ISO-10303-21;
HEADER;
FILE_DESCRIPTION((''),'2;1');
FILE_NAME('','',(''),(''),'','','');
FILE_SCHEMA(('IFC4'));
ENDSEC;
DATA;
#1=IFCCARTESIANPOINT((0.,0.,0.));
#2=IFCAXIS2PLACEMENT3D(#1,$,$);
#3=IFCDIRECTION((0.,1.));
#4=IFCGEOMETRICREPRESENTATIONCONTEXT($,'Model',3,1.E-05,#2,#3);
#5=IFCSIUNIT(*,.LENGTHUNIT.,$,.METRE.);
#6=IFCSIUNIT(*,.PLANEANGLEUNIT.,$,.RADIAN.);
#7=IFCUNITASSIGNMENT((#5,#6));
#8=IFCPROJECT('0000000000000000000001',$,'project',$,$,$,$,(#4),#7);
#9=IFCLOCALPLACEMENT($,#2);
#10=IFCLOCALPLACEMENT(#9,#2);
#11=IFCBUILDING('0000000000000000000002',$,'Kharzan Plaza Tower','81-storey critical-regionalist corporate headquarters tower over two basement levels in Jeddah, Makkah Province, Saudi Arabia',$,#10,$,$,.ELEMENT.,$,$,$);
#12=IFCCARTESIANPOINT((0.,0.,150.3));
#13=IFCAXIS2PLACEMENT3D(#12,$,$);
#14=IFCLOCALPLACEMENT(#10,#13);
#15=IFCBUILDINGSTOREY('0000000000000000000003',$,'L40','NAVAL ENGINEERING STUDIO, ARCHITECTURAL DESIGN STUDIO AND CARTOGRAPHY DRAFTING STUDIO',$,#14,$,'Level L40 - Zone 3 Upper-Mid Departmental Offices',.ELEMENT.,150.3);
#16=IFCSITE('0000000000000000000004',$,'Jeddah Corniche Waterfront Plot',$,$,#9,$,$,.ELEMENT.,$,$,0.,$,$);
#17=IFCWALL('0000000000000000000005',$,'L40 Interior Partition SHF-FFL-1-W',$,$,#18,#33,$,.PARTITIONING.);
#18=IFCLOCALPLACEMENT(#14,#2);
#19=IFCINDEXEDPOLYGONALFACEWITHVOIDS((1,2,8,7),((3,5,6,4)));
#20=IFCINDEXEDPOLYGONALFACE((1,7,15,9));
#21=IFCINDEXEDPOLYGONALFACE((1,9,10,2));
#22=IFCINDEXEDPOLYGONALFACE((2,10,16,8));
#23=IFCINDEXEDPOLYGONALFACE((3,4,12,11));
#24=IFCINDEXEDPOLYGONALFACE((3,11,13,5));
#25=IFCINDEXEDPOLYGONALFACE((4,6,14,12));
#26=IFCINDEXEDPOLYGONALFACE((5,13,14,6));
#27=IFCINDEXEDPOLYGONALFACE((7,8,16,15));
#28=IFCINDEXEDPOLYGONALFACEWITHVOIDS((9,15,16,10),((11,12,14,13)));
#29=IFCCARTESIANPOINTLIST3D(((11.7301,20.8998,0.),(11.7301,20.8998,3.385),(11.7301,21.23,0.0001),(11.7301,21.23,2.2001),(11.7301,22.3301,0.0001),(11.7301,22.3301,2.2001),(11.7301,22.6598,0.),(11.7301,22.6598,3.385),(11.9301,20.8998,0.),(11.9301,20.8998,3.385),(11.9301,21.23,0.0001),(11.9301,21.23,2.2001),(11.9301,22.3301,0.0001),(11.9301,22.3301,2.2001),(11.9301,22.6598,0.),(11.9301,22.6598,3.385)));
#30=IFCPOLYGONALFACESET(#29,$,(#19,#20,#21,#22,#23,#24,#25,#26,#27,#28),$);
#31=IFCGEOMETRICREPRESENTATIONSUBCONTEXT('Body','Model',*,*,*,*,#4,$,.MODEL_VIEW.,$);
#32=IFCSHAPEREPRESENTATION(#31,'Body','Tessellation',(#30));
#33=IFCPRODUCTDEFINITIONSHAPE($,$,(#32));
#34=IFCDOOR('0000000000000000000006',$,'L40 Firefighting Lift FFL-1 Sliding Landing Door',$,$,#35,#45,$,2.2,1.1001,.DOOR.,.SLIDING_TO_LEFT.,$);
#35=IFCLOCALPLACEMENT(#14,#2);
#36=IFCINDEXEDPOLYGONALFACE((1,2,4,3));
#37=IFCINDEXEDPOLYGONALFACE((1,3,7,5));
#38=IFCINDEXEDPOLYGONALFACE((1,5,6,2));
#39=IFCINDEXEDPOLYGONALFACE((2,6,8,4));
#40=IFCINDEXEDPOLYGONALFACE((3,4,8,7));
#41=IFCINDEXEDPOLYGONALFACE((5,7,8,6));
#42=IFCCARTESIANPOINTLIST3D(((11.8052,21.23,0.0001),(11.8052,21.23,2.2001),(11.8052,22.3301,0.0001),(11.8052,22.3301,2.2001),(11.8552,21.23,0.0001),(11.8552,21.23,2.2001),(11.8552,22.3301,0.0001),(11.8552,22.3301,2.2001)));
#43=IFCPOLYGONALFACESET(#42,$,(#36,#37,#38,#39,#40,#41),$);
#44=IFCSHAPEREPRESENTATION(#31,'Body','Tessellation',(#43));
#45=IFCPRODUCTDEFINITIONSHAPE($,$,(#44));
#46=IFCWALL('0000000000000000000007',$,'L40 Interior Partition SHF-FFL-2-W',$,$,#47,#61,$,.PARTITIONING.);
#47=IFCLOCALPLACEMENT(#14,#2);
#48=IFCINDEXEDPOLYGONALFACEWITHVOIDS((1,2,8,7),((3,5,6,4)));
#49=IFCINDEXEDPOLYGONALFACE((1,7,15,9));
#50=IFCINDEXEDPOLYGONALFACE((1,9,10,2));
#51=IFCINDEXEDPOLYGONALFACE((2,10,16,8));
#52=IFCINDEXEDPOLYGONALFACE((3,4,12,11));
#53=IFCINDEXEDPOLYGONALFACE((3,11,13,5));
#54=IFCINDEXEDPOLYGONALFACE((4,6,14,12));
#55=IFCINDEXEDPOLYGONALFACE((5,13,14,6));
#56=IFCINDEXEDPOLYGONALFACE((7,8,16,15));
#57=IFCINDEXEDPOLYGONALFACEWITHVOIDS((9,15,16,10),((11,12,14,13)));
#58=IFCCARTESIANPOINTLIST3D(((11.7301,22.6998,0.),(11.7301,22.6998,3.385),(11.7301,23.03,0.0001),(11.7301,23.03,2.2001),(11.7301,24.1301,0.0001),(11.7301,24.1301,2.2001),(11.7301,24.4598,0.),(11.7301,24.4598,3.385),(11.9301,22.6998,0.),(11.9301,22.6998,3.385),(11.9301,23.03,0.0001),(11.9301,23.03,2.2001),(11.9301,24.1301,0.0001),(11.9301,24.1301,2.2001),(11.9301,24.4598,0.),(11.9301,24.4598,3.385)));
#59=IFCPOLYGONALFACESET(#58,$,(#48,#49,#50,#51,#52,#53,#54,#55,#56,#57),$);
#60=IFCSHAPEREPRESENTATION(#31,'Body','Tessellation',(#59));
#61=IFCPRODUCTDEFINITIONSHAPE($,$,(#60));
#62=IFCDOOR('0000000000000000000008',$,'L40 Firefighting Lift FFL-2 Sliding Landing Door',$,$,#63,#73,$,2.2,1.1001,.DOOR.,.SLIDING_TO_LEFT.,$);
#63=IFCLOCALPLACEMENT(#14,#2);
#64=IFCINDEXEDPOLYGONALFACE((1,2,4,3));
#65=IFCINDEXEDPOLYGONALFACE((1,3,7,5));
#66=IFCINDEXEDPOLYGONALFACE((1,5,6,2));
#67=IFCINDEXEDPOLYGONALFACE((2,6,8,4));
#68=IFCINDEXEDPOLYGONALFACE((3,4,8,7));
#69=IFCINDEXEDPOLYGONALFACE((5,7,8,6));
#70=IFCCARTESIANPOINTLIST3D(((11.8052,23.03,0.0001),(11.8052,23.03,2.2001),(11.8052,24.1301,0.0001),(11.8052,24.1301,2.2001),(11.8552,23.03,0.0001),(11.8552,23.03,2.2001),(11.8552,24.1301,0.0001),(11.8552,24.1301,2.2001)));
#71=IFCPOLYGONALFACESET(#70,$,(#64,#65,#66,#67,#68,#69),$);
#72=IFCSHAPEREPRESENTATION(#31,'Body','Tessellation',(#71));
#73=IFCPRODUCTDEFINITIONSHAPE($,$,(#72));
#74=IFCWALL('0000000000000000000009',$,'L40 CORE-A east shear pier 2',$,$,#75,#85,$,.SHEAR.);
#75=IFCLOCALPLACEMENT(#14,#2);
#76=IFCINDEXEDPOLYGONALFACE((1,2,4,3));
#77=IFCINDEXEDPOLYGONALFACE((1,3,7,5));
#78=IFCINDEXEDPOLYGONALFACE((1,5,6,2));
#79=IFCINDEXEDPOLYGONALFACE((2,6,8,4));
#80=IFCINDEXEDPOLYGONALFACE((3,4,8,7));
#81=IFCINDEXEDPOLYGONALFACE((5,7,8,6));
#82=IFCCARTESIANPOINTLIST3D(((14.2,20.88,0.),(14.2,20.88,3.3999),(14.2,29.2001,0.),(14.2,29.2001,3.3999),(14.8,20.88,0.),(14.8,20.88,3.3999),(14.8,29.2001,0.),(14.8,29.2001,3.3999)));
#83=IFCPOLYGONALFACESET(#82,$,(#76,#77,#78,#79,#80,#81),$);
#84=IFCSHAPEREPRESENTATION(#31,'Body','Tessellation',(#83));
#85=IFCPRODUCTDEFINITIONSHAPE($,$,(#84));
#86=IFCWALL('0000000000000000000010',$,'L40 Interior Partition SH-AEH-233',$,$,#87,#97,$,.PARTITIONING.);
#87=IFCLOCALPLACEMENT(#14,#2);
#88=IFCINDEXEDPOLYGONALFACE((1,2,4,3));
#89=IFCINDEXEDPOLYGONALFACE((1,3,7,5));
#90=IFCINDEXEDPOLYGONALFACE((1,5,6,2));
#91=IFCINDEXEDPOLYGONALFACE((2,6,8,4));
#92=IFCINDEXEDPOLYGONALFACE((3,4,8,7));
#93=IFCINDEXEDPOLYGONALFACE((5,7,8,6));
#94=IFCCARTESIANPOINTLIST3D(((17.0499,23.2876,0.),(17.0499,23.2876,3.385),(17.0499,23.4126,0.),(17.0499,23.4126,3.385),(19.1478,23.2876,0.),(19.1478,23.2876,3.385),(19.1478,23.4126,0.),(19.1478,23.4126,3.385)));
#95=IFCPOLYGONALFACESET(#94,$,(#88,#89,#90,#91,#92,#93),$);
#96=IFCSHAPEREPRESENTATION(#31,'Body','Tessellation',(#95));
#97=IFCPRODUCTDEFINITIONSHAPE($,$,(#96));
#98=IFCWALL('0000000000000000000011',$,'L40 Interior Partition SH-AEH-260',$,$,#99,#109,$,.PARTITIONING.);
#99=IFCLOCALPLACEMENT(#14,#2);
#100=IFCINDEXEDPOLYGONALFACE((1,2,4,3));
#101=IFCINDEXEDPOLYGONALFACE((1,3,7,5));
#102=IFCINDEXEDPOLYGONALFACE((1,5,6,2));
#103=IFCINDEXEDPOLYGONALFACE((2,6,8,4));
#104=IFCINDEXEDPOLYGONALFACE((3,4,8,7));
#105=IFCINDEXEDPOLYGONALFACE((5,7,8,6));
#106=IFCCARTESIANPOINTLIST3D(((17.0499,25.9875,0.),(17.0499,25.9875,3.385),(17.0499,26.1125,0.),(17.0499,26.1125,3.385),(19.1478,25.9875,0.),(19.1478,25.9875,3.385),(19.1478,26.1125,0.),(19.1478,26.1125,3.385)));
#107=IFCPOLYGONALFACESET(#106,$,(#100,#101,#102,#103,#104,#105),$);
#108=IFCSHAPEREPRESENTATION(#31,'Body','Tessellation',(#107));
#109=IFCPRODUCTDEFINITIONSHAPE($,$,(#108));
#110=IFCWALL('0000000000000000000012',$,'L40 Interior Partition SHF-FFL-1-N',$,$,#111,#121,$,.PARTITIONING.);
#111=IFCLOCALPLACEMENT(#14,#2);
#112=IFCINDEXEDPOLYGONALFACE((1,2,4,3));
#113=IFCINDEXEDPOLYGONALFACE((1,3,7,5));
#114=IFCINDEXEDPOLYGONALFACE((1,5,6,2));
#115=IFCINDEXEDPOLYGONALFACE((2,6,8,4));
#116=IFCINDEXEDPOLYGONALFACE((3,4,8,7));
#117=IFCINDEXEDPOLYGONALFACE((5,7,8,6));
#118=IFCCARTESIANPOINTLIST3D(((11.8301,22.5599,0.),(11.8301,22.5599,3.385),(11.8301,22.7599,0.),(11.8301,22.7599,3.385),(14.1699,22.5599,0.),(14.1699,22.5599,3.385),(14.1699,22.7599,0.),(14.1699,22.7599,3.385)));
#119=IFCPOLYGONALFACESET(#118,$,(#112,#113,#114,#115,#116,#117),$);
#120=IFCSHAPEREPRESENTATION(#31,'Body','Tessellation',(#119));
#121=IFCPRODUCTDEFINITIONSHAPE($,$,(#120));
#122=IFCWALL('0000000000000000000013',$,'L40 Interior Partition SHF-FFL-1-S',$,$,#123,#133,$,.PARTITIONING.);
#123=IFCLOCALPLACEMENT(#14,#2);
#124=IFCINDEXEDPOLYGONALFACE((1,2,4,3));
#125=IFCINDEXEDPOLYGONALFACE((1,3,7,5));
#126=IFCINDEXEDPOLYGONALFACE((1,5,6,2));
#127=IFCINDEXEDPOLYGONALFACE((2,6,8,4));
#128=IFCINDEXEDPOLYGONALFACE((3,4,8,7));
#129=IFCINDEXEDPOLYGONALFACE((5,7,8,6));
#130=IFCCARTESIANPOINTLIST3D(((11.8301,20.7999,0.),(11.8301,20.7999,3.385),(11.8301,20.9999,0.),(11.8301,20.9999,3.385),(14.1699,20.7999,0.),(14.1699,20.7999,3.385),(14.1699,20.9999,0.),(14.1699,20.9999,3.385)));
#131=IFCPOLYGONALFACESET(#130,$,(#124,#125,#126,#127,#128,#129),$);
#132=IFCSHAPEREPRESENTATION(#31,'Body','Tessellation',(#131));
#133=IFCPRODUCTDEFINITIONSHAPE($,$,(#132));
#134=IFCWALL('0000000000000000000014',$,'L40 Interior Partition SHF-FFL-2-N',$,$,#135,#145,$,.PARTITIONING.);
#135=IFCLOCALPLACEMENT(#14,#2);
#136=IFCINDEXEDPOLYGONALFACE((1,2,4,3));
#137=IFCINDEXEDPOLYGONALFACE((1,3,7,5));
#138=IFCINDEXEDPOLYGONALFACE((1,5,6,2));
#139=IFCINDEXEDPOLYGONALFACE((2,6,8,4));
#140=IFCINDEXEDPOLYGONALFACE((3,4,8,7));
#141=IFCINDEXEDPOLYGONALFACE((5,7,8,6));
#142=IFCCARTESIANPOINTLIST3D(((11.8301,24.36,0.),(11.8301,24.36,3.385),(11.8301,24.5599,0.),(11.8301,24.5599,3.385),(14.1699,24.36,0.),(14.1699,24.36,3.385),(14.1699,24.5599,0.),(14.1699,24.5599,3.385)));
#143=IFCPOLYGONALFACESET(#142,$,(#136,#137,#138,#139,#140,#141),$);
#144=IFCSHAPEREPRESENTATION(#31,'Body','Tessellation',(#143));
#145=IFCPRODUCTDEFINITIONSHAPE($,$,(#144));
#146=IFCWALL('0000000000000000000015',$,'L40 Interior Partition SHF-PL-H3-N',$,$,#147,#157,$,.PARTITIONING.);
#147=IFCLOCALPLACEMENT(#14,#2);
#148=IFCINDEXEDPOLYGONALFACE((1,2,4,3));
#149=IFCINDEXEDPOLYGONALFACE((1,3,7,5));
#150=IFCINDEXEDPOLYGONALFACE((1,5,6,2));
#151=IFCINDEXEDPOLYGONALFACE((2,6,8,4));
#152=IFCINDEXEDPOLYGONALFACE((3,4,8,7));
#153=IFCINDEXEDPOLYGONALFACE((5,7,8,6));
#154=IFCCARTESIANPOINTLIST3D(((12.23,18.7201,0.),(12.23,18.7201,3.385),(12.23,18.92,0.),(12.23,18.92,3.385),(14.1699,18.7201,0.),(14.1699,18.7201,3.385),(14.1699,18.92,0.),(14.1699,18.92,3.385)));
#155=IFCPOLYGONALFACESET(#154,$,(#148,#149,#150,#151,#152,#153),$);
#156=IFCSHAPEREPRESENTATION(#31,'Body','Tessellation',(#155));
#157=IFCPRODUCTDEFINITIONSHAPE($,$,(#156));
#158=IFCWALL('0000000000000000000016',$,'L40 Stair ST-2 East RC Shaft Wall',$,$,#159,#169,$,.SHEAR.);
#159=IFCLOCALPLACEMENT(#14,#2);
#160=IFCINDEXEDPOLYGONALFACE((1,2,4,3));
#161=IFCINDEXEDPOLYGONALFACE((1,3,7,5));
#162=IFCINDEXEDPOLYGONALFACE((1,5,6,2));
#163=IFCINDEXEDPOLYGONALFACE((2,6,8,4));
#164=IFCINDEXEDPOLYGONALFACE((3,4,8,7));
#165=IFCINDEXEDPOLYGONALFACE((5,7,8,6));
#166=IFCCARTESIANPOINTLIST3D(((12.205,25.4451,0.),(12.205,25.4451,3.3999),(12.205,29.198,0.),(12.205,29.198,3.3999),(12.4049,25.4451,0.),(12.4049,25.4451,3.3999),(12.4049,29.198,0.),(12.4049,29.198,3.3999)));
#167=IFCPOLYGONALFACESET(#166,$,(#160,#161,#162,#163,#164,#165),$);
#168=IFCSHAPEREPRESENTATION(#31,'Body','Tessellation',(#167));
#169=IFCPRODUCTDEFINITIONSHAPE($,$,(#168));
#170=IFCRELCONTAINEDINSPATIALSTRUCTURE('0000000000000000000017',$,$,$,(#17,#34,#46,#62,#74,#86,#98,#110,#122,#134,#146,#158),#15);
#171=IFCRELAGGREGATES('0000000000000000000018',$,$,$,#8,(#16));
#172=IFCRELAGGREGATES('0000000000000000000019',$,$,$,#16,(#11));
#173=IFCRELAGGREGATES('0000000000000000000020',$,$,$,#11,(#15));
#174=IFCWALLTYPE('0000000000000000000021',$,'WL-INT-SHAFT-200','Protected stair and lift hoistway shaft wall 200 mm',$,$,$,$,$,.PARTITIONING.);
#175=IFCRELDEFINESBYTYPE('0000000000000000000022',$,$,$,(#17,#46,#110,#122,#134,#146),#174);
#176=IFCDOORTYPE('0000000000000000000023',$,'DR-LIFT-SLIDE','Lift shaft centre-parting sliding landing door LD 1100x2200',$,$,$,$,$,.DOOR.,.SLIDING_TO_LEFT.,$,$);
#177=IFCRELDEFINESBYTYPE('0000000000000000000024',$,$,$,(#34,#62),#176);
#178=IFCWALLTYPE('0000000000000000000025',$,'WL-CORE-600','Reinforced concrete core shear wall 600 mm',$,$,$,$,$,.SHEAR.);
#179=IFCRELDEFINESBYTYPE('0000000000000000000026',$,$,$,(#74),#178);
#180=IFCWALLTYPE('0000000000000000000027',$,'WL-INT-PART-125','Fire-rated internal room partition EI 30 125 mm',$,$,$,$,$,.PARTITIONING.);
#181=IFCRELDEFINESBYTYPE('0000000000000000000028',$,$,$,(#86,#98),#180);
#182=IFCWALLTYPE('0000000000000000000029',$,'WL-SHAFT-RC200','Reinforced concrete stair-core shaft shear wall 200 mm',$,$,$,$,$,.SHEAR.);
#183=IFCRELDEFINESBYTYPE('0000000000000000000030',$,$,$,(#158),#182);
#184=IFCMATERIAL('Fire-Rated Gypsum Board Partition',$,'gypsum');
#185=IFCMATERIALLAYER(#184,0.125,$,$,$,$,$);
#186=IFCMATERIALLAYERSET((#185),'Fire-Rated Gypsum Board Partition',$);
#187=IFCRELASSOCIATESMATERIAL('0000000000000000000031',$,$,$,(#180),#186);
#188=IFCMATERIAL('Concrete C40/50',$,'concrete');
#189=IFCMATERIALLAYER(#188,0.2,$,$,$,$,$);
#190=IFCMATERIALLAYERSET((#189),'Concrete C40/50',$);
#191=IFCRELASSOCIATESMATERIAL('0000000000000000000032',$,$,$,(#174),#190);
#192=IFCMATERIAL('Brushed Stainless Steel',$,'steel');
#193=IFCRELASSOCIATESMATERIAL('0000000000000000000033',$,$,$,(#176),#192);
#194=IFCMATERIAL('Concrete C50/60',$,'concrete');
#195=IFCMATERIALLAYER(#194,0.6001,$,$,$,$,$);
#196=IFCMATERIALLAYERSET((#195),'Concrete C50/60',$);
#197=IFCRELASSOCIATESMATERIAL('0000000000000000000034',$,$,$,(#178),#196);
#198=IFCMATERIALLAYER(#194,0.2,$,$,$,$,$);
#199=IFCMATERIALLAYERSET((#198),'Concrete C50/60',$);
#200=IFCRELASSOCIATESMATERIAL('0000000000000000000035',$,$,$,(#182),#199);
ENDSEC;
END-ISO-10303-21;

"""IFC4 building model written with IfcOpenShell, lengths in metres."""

from ifc_helpers import new_model, si_unit, direction, frame, frame_2d, origin, place, context, subcontext, project, spatial, rectangle, extrude, source, transform, mapped, material, layer, layer_set, type_object, element, fill, save


model = new_model("IFC4")

# Units and contexts
model_context = context("Model", 3, precision=1e-05, world=origin(), true_north=direction((0.0, 1.0)))
body_context = subcontext(model_context, "Body", "Model", "MODEL_VIEW")
ifc_project = project(units=[si_unit("LENGTHUNIT", "METRE"), si_unit("PLANEANGLEUNIT", "RADIAN")], contexts=[model_context])

# Site, building, storey
site_placement = place(None, origin())
site = spatial("IfcSite", under=ifc_project, at=site_placement, Name="Jeddah Corniche Waterfront Plot", CompositionType="ELEMENT", RefElevation=0.0)
building_placement = place(site_placement, origin())
building = spatial("IfcBuilding", under=site, at=building_placement, Name="Kharzan Plaza Tower", Description="81-storey critical-regionalist corporate headquarters tower over two basement levels in Jeddah, Makkah Province, Saudi Arabia", CompositionType="ELEMENT")
storey_placement = place(building_placement, frame((0.0, 0.0, 150.3)))
storey = spatial("IfcBuildingStorey", under=building, at=storey_placement, Name="L40", Description="NAVAL ENGINEERING STUDIO, ARCHITECTURAL DESIGN STUDIO AND CARTOGRAPHY DRAFTING STUDIO", LongName="Level L40 - Zone 3 Upper-Mid Departmental Offices", CompositionType="ELEMENT", Elevation=150.3)

# Walls, openings, doors
ifc_material_1 = material(Name="Fire-Rated Gypsum Board Partition", Category="gypsum")
ifc_layer_1 = layer(ifc_material_1, 0.125)
ifc_layer_set_1 = layer_set([ifc_layer_1], Name="Fire-Rated Gypsum Board Partition")
wall_type_1 = type_object("IfcWallType", Name="WL-INT-PART-125", Description="Fire-rated internal room partition EI 30 125 mm", PredefinedType="PARTITIONING", material=ifc_layer_set_1)
ifc_material_2 = material(Name="Concrete C40/50", Category="concrete")
ifc_layer_2 = layer(ifc_material_2, 0.2)
ifc_layer_set_2 = layer_set([ifc_layer_2], Name="Concrete C40/50")
wall_type_2 = type_object("IfcWallType", Name="WL-INT-SHAFT-200", Description="Protected stair and lift hoistway shaft wall 200 mm", PredefinedType="PARTITIONING", material=ifc_layer_set_2)
wall_1_placement = place(storey_placement, frame((11.8301, 20.8999, 0.0), z_axis=(0.0, 0.0, 1.0), x_axis=(0.0, 1.0, 0.0)))
wall_1 = element("IfcWall", 1, at=wall_1_placement, inside=storey, type_object=wall_type_2, Name="L40 Interior Partition SHF-FFL-1-W", PredefinedType="PARTITIONING", context=body_context, shape_type="SweptSolid", body=[
    extrude(rectangle(XDim=1.76, YDim=0.2, at=frame_2d((0.8799, 0.0))), origin(), (0.0, 0.0, 1.0), 3.385),
])
opening_1_placement = place(wall_1_placement, frame((0.3301, 0.0, 0.0)))
opening_1 = element("IfcOpeningElement", 2, at=opening_1_placement, cuts=wall_1, PredefinedType="OPENING", context=body_context, shape_type="SweptSolid", body=[
    extrude(rectangle(XDim=1.1001, YDim=2.2, at=frame_2d((0.55, 1.1001))), frame((0.0, 0.1099, 0.0), z_axis=(0.0, -1.0, 0.0), x_axis=(1.0, 0.0, 0.0)), (0.0, 0.0, 1.0), 0.22),
])
ifc_material_3 = material(Name="Brushed Stainless Steel", Category="steel")
door_type_1 = type_object("IfcDoorType", Name="DR-LIFT-SLIDE", Description="Lift shaft centre-parting sliding landing door LD 1100x2200", OperationType="SLIDING_TO_LEFT", PredefinedType="DOOR", material=ifc_material_3)
shared_shape_1 = source(origin(), body_context, "Body", "SweptSolid", [
    extrude(rectangle(XDim=1.1001, YDim=2.2, at=frame_2d((0.55, 1.1001))), frame((0.0, 0.0249, 0.0), z_axis=(0.0, -1.0, 0.0), x_axis=(1.0, 0.0, 0.0)), (0.0, 0.0, 1.0), 0.05),
])
door_1_placement = place(opening_1_placement, origin())
door_1 = element("IfcDoor", 3, at=door_1_placement, inside=storey, type_object=door_type_1, Name="L40 Firefighting Lift FFL-1 Sliding Landing Door", OperationType="SLIDING_TO_LEFT", OverallHeight=2.2, OverallWidth=1.1001, PredefinedType="DOOR", context=body_context, shape_type="MappedRepresentation", body=[
    mapped(shared_shape_1, transform((0.0, 0.0, 0.0), x_axis=(1.0, 0.0, 0.0), y_axis=(0.0, 1.0, 0.0), z_axis=(0.0, 0.0, 1.0))),
])
fill(opening_1, door_1)
wall_2_placement = place(storey_placement, frame((11.8301, 22.7, 0.0), z_axis=(0.0, 0.0, 1.0), x_axis=(0.0, 1.0, 0.0)))
wall_2 = element("IfcWall", 4, at=wall_2_placement, inside=storey, type_object=wall_type_2, Name="L40 Interior Partition SHF-FFL-2-W", PredefinedType="PARTITIONING", context=body_context, shape_type="SweptSolid", body=[
    extrude(rectangle(XDim=1.76, YDim=0.2, at=frame_2d((0.8799, 0.0))), origin(), (0.0, 0.0, 1.0), 3.385),
])
opening_2_placement = place(wall_2_placement, frame((0.3301, 0.0, 0.0)))
opening_2 = element("IfcOpeningElement", 5, at=opening_2_placement, cuts=wall_2, PredefinedType="OPENING", context=body_context, shape_type="SweptSolid", body=[
    extrude(rectangle(XDim=1.1001, YDim=2.2, at=frame_2d((0.55, 1.1001))), frame((0.0, 0.1099, 0.0), z_axis=(0.0, -1.0, 0.0), x_axis=(1.0, 0.0, 0.0)), (0.0, 0.0, 1.0), 0.22),
])
door_2_placement = place(opening_2_placement, origin())
door_2 = element("IfcDoor", 6, at=door_2_placement, inside=storey, type_object=door_type_1, Name="L40 Firefighting Lift FFL-2 Sliding Landing Door", OperationType="SLIDING_TO_LEFT", OverallHeight=2.2, OverallWidth=1.1001, PredefinedType="DOOR", context=body_context, shape_type="MappedRepresentation", body=[
    mapped(shared_shape_1, transform((0.0, 0.0, 0.0), x_axis=(1.0, 0.0, 0.0), y_axis=(0.0, 1.0, 0.0), z_axis=(0.0, 0.0, 1.0))),
])
fill(opening_2, door_2)

# Walls
ifc_material_4 = material(Name="Concrete C50/60", Category="concrete")
ifc_layer_3 = layer(ifc_material_4, 0.6001)
ifc_layer_set_3 = layer_set([ifc_layer_3], Name="Concrete C50/60")
wall_type_3 = type_object("IfcWallType", Name="WL-CORE-600", Description="Reinforced concrete core shear wall 600 mm", PredefinedType="SHEAR", material=ifc_layer_set_3)
shared_shape_2 = source(origin(), body_context, "Body", "SweptSolid", [
    extrude(rectangle(XDim=8.3201, YDim=0.6001, at=frame_2d((4.1602, 0.0))), origin(), (0.0, 0.0, 1.0), 3.3999),
])
wall_3_placement = place(storey_placement, frame((14.5, 20.8799, 0.0), z_axis=(0.0, 0.0, 1.0), x_axis=(0.0, 1.0, 0.0)))
element("IfcWall", 7, at=wall_3_placement, inside=storey, type_object=wall_type_3, Name="L40 CORE-A east shear pier 2", PredefinedType="SHEAR", context=body_context, shape_type="MappedRepresentation", body=[
    mapped(shared_shape_2, transform((0.0, 0.0, 0.0), x_axis=(1.0, 0.0, 0.0), y_axis=(0.0, 1.0, 0.0), z_axis=(0.0, 0.0, 1.0))),
])
shared_shape_3 = source(origin(), body_context, "Body", "SweptSolid", [
    extrude(rectangle(XDim=2.0979, YDim=0.125, at=frame_2d((1.0488, 0.0))), origin(), (0.0, 0.0, 1.0), 3.385),
])
for number, where, z_axis, x_axis, name in (
    (8, (17.05, 23.3501, 0.0), (0.0, 0.0, 1.0), (1.0, 0.0, 0.0), "L40 Interior Partition SH-AEH-233"),
    (9, (17.05, 26.05, 0.0), (0.0, 0.0, 1.0), (1.0, 0.0, 0.0), "L40 Interior Partition SH-AEH-260"),
):
    element("IfcWall", number, at=place(storey_placement, frame(where, z_axis=z_axis, x_axis=x_axis)), inside=storey, type_object=wall_type_1, Name=name, PredefinedType="PARTITIONING", context=body_context, shape_type="MappedRepresentation", body=[
        mapped(shared_shape_3, transform((0.0, 0.0, 0.0), x_axis=(1.0, 0.0, 0.0), y_axis=(0.0, 1.0, 0.0), z_axis=(0.0, 0.0, 1.0))),
    ])
shared_shape_4 = source(origin(), body_context, "Body", "SweptSolid", [
    extrude(rectangle(XDim=2.3398, YDim=0.2, at=frame_2d((1.1699, 0.0))), origin(), (0.0, 0.0, 1.0), 3.385),
])
for number, where, z_axis, x_axis, name in (
    (10, (11.8301, 22.6599, 0.0), (0.0, 0.0, 1.0), (1.0, 0.0, 0.0), "L40 Interior Partition SHF-FFL-1-N"),
    (11, (11.8301, 20.8999, 0.0), (0.0, 0.0, 1.0), (1.0, 0.0, 0.0), "L40 Interior Partition SHF-FFL-1-S"),
    (12, (11.8301, 24.46, 0.0), (0.0, 0.0, 1.0), (1.0, 0.0, 0.0), "L40 Interior Partition SHF-FFL-2-N"),
):
    element("IfcWall", number, at=place(storey_placement, frame(where, z_axis=z_axis, x_axis=x_axis)), inside=storey, type_object=wall_type_2, Name=name, PredefinedType="PARTITIONING", context=body_context, shape_type="MappedRepresentation", body=[
        mapped(shared_shape_4, transform((0.0, 0.0, 0.0), x_axis=(1.0, 0.0, 0.0), y_axis=(0.0, 1.0, 0.0), z_axis=(0.0, 0.0, 1.0))),
    ])
shared_shape_5 = source(origin(), body_context, "Body", "SweptSolid", [
    extrude(rectangle(XDim=1.9399, YDim=0.2, at=frame_2d((0.97, 0.0))), origin(), (0.0, 0.0, 1.0), 3.385),
])
wall_4_placement = place(storey_placement, frame((12.23, 18.8201, 0.0), z_axis=(0.0, 0.0, 1.0), x_axis=(1.0, 0.0, 0.0)))
element("IfcWall", 13, at=wall_4_placement, inside=storey, type_object=wall_type_2, Name="L40 Interior Partition SHF-PL-H3-N", PredefinedType="PARTITIONING", context=body_context, shape_type="MappedRepresentation", body=[
    mapped(shared_shape_5, transform((0.0, 0.0, 0.0), x_axis=(1.0, 0.0, 0.0), y_axis=(0.0, 1.0, 0.0), z_axis=(0.0, 0.0, 1.0))),
])
ifc_layer_4 = layer(ifc_material_4, 0.2)
ifc_layer_set_4 = layer_set([ifc_layer_4], Name="Concrete C50/60")
wall_type_4 = type_object("IfcWallType", Name="WL-SHAFT-RC200", Description="Reinforced concrete stair-core shaft shear wall 200 mm", PredefinedType="SHEAR", material=ifc_layer_set_4)
shared_shape_6 = source(origin(), body_context, "Body", "SweptSolid", [
    extrude(rectangle(XDim=3.7529, YDim=0.2, at=frame_2d((1.8765, 0.0))), origin(), (0.0, 0.0, 1.0), 3.3999),
])
wall_5_placement = place(storey_placement, frame((12.3049, 25.4451, 0.0), z_axis=(0.0, 0.0, 1.0), x_axis=(0.0, 1.0, 0.0)))
element("IfcWall", 14, at=wall_5_placement, inside=storey, type_object=wall_type_4, Name="L40 Stair ST-2 East RC Shaft Wall", PredefinedType="SHEAR", context=body_context, shape_type="MappedRepresentation", body=[
    mapped(shared_shape_6, transform((0.0, 0.0, 0.0), x_axis=(1.0, 0.0, 0.0), y_axis=(0.0, 1.0, 0.0), z_axis=(0.0, 0.0, 1.0))),
])

save(model, "model.ifc")
